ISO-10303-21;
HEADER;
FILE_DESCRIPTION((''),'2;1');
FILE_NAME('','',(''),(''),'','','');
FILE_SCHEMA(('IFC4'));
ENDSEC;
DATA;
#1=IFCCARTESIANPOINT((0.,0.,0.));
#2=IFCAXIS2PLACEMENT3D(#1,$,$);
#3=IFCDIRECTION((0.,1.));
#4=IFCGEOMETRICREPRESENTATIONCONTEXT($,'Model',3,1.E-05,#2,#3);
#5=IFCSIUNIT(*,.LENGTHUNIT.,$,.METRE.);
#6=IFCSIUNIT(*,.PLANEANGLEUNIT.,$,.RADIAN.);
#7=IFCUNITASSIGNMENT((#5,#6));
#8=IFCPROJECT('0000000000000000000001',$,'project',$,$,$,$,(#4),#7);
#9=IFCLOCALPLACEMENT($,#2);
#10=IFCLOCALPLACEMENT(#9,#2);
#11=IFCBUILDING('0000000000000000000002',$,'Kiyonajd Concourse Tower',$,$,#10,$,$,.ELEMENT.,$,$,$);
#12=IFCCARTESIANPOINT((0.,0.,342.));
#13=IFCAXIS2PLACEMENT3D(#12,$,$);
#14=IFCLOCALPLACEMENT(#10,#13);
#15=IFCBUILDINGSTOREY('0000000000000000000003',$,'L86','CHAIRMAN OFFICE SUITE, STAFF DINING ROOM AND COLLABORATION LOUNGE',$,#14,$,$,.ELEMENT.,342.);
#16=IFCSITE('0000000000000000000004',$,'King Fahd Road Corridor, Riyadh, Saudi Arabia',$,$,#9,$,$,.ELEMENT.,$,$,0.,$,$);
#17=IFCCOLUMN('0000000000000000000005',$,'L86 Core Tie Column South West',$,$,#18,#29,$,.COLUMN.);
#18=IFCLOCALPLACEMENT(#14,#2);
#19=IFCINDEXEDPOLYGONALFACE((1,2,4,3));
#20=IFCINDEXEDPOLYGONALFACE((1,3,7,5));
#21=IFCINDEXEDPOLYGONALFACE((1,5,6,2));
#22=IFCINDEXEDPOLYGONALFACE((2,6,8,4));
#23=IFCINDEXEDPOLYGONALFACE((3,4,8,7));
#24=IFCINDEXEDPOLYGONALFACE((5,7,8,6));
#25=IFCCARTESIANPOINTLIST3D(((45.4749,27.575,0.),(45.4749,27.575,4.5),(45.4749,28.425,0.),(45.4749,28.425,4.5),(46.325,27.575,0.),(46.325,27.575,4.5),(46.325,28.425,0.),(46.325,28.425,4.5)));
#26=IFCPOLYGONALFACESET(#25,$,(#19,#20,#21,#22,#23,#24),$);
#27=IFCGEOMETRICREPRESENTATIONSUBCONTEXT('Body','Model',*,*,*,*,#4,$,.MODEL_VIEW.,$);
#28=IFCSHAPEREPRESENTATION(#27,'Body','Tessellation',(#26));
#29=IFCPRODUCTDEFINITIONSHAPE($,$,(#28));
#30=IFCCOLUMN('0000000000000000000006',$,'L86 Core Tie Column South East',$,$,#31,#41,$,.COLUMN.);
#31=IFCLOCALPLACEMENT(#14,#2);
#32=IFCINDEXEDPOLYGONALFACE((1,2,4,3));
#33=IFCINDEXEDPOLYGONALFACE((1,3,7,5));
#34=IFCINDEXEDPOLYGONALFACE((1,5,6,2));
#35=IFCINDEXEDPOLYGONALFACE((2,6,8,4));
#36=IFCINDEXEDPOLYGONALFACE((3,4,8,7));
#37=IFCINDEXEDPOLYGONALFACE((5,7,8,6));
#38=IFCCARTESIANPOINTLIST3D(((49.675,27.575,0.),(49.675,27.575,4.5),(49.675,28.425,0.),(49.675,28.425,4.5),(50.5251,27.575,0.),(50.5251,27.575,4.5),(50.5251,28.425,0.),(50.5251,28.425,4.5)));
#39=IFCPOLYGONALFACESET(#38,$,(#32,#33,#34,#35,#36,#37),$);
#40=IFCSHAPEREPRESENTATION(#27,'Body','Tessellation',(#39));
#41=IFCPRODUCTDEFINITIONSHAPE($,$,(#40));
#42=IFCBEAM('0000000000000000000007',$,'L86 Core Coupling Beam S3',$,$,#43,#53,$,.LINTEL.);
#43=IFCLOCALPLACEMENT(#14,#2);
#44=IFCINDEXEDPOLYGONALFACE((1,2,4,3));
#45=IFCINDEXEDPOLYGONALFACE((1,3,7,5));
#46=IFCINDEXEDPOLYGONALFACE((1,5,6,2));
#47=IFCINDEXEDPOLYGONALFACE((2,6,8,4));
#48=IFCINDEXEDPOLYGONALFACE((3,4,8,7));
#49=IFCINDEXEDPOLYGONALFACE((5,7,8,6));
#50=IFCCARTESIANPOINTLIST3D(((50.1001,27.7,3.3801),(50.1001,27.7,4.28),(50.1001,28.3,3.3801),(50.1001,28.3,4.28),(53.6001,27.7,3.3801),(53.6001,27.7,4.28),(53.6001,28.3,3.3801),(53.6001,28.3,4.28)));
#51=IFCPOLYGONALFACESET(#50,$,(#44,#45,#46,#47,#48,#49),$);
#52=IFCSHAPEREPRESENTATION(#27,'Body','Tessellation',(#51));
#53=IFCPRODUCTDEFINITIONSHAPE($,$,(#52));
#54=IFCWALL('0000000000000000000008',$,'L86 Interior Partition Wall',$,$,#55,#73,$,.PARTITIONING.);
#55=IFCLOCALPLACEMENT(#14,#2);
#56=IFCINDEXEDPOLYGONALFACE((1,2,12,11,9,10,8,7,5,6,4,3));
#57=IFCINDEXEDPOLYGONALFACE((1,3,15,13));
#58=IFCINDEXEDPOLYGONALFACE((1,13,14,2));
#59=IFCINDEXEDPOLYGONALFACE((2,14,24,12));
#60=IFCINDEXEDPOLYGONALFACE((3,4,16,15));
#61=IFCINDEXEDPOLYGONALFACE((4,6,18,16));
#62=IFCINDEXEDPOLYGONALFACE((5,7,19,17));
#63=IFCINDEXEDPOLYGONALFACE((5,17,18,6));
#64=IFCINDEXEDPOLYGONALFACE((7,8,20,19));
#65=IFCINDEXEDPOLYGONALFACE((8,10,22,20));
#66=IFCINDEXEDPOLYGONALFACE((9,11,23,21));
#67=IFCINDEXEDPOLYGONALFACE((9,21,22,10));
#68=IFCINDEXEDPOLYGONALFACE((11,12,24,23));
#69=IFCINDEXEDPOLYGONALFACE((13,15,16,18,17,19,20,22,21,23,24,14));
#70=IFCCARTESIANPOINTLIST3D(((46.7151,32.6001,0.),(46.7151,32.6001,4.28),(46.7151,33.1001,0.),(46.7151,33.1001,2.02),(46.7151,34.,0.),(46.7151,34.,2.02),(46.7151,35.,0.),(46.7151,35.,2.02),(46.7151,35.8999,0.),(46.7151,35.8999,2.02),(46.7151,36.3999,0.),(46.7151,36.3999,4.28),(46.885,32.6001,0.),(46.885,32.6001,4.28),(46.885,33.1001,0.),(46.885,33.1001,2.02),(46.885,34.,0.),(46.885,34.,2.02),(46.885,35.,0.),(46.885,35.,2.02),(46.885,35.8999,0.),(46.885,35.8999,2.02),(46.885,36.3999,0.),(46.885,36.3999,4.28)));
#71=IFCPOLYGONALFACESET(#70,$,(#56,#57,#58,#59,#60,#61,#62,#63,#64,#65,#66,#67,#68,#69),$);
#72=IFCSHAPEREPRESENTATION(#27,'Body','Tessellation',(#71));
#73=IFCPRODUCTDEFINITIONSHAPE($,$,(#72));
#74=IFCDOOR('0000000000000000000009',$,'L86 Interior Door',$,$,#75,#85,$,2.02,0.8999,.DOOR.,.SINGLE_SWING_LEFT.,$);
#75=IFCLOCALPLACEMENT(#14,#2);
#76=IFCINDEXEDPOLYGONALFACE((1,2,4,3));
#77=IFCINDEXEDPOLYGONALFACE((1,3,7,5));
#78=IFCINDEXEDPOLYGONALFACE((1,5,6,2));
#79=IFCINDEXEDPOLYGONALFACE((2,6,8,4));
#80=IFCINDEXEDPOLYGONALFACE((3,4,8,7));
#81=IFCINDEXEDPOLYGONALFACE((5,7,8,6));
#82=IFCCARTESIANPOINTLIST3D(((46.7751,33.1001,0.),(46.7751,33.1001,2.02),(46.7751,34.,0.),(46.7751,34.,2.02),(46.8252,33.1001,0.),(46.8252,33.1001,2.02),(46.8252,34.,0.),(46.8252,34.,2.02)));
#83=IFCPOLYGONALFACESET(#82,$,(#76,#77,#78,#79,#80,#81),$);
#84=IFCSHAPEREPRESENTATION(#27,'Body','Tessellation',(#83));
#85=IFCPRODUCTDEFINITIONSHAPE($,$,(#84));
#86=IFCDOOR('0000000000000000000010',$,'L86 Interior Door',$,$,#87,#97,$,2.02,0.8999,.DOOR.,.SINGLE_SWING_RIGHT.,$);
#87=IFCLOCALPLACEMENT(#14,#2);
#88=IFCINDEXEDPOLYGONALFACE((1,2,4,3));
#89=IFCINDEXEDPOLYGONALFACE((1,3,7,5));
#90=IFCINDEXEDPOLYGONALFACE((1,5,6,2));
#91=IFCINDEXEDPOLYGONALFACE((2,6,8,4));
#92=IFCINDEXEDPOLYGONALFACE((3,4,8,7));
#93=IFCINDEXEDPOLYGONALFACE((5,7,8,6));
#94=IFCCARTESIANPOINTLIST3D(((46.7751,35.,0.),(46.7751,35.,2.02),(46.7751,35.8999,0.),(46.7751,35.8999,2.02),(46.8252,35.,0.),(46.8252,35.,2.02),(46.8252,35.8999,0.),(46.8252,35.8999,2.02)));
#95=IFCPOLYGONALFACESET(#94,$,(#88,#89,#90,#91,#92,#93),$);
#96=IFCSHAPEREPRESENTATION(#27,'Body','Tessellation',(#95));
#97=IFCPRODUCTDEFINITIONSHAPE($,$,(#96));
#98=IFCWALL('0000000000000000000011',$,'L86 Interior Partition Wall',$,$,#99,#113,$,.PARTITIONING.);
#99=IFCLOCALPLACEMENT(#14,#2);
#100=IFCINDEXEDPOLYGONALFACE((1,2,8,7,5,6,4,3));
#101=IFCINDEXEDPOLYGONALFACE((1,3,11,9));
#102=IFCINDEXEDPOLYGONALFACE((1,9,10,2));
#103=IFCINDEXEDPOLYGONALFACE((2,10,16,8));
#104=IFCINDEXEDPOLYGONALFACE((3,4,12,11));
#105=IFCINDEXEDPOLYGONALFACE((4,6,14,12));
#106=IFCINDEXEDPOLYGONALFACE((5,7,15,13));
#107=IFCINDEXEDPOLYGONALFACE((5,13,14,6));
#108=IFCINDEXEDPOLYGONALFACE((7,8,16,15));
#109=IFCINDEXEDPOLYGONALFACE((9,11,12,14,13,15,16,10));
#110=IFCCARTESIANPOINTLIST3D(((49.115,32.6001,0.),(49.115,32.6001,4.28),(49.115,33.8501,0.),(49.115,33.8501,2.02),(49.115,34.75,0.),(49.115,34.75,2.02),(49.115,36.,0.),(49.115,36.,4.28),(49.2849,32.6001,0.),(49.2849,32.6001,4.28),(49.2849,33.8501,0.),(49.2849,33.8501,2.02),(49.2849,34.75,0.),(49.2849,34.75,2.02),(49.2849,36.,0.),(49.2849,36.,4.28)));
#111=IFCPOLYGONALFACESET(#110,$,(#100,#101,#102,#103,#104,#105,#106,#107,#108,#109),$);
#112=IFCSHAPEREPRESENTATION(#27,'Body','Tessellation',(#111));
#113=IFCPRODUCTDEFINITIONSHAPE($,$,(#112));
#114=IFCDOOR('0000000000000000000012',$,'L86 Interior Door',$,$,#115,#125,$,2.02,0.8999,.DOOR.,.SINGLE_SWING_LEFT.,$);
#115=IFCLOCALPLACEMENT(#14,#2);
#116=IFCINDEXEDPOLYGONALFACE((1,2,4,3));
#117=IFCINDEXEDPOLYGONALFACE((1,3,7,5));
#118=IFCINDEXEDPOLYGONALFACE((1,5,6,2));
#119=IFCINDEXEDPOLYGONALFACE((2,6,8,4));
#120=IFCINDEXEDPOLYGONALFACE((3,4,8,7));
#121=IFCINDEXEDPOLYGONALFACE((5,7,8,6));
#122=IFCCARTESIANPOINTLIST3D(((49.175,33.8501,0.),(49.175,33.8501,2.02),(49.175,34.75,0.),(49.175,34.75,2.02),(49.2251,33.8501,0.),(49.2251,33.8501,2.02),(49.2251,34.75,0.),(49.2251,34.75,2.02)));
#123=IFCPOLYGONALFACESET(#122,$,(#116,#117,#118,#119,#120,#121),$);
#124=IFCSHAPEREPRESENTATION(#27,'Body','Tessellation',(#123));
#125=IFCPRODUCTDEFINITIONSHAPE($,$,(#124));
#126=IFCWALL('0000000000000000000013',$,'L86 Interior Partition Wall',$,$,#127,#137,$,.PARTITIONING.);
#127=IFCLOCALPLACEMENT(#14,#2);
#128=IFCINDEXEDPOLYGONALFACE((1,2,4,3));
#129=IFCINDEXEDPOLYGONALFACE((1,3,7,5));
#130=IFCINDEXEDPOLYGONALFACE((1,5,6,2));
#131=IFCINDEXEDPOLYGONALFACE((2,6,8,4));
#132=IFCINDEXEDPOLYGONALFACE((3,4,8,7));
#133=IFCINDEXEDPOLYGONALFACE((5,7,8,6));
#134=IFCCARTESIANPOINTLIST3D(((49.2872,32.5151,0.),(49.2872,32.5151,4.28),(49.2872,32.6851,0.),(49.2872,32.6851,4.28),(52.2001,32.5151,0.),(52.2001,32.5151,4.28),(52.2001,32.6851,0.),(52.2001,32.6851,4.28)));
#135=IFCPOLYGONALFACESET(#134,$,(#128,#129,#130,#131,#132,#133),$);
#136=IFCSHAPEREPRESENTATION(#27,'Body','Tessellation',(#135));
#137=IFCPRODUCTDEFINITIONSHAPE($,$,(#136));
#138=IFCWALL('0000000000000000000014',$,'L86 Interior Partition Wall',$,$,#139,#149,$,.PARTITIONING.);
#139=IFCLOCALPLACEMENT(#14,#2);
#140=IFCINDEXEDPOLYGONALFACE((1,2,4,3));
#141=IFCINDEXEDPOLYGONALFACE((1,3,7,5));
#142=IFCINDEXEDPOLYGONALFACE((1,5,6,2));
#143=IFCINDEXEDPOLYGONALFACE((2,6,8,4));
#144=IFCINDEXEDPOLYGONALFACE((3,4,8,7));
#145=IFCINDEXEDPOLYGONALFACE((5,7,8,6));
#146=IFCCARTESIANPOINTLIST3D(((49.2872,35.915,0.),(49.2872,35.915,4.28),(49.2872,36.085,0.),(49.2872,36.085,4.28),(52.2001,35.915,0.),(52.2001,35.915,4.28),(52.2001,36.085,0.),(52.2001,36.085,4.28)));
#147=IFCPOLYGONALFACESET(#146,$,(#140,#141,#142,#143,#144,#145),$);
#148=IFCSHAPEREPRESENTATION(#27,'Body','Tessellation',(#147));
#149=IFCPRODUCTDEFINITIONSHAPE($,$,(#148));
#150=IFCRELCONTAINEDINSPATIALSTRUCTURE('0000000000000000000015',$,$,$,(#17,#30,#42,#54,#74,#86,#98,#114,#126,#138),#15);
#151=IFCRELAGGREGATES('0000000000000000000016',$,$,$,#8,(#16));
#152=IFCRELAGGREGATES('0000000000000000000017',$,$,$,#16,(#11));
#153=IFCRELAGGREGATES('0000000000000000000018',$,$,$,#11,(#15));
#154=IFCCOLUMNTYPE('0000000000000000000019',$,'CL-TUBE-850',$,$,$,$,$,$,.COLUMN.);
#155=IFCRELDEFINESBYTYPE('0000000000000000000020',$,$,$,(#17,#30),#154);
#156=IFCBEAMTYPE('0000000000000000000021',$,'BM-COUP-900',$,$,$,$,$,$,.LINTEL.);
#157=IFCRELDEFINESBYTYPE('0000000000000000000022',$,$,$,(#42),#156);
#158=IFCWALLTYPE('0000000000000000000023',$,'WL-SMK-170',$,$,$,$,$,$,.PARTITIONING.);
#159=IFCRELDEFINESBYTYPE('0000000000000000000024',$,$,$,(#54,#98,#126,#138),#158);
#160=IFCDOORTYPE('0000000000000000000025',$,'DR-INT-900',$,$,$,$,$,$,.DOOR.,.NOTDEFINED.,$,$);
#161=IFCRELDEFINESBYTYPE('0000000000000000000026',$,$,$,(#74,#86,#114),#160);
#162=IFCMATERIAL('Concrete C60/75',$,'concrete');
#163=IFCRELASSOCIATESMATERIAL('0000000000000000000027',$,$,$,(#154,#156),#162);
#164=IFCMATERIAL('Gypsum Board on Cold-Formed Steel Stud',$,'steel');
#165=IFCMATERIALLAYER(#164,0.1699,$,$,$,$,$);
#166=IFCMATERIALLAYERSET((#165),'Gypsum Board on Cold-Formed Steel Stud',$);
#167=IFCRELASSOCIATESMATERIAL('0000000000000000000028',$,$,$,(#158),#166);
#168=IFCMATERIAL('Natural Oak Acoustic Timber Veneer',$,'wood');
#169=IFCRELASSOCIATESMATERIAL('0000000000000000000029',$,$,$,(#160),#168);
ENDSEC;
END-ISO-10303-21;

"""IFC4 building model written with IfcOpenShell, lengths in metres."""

from ifc_helpers import new_model, si_unit, direction, frame, frame_2d, origin, origin_2d, place, context, subcontext, project, spatial, rectangle, extrude, material, layer, layer_set, material_profile, profile_set, type_object, element, fill, save


model = new_model("IFC4")

# Units and contexts
model_context = context("Model", 3, precision=1e-05, world=origin(), true_north=direction((0.0, 1.0)))
body_context = subcontext(model_context, "Body", "Model", "MODEL_VIEW")
ifc_project = project(units=[si_unit("LENGTHUNIT", "METRE"), si_unit("PLANEANGLEUNIT", "RADIAN")], contexts=[model_context])

# Site, building, storey
site_placement = place(None, origin())
site = spatial("IfcSite", under=ifc_project, at=site_placement, Name="King Fahd Road Corridor, Riyadh, Saudi Arabia", CompositionType="ELEMENT", RefElevation=0.0)
building_placement = place(site_placement, origin())
building = spatial("IfcBuilding", under=site, at=building_placement, Name="Kiyonajd Concourse Tower", CompositionType="ELEMENT")
storey_placement = place(building_placement, frame((0.0, 0.0, 342.0)))
storey = spatial("IfcBuildingStorey", under=building, at=storey_placement, Name="L86", Description="CHAIRMAN OFFICE SUITE, STAFF DINING ROOM AND COLLABORATION LOUNGE", CompositionType="ELEMENT", Elevation=342.0)

# Columns
ifc_material_1 = material(Name="Concrete C60/75", Category="concrete")
ifc_material_profile_1 = material_profile(ifc_material_1, rectangle(XDim=0.8501, YDim=0.8501, at=origin_2d()), Name="RC-850x850")
ifc_profile_set_1 = profile_set([ifc_material_profile_1], Name="Concrete C60/75")
column_type = type_object("IfcColumnType", Name="CL-TUBE-850", PredefinedType="COLUMN", material=ifc_profile_set_1)
for number, where, z_axis, x_axis, name in (
    (1, (45.8999, 28.0, 0.0), (0.0, 0.0, 1.0), (1.0, 0.0, 0.0), "L86 Core Tie Column South West"),
    (2, (50.1001, 28.0, 0.0), (0.0, 0.0, 1.0), (1.0, 0.0, 0.0), "L86 Core Tie Column South East"),
):
    element("IfcColumn", number, at=place(storey_placement, frame(where, z_axis=z_axis, x_axis=x_axis)), inside=storey, type_object=column_type, Name=name, PredefinedType="COLUMN", context=body_context, shape_type="SweptSolid", body=[
        extrude(rectangle(XDim=0.8501, YDim=0.8501, at=origin_2d()), origin(), (0.0, 0.0, 1.0), 4.5),
    ])

# Beam
ifc_material_profile_2 = material_profile(ifc_material_1, rectangle(XDim=0.6001, YDim=0.8999, at=origin_2d()), Name="RCBM-600x900")
ifc_profile_set_2 = profile_set([ifc_material_profile_2], Name="Concrete C60/75")
beam_type = type_object("IfcBeamType", Name="BM-COUP-900", PredefinedType="LINTEL", material=ifc_profile_set_2)
beam_placement = place(storey_placement, frame((50.1001, 28.0, 3.8301), z_axis=(1.0, 0.0, 0.0), x_axis=(0.0, 1.0, 0.0)))
element("IfcBeam", 3, at=beam_placement, inside=storey, type_object=beam_type, Name="L86 Core Coupling Beam S3", PredefinedType="LINTEL", context=body_context, shape_type="SweptSolid", body=[
    extrude(rectangle(XDim=0.6001, YDim=0.8999, at=origin_2d()), origin(), (0.0, 0.0, 1.0), 3.5),
])

# Wall, openings, doors
ifc_material_2 = material(Name="Gypsum Board on Cold-Formed Steel Stud", Category="steel")
ifc_layer = layer(ifc_material_2, 0.1699)
ifc_layer_set = layer_set([ifc_layer], Name="Gypsum Board on Cold-Formed Steel Stud")
wall_type = type_object("IfcWallType", Name="WL-SMK-170", PredefinedType="PARTITIONING", material=ifc_layer_set)
wall_1_placement = place(storey_placement, frame((46.8, 32.6001, 0.0), z_axis=(0.0, 0.0, 1.0), x_axis=(0.0, 1.0, 0.0)))
wall_1 = element("IfcWall", 4, at=wall_1_placement, inside=storey, type_object=wall_type, Name="L86 Interior Partition Wall", PredefinedType="PARTITIONING", context=body_context, shape_type="SweptSolid", body=[
    extrude(rectangle(XDim=3.7998, YDim=0.1699, at=frame_2d((1.8999, 0.0))), origin(), (0.0, 0.0, 1.0), 4.28),
])
opening_1_placement = place(wall_1_placement, frame((0.5, 0.0, 0.0)))
opening_1 = element("IfcOpeningElement", 5, at=opening_1_placement, cuts=wall_1, PredefinedType="OPENING", context=body_context, shape_type="SweptSolid", body=[
    extrude(rectangle(XDim=0.8999, YDim=2.02, at=frame_2d((0.45, 1.01))), frame((0.0, 0.095, 0.0), z_axis=(0.0, -1.0, 0.0), x_axis=(1.0, 0.0, 0.0)), (0.0, 0.0, 1.0), 0.1899),
])
opening_2_placement = place(wall_1_placement, frame((2.3999, 0.0, 0.0)))
opening_2 = element("IfcOpeningElement", 6, at=opening_2_placement, cuts=wall_1, PredefinedType="OPENING", context=body_context, shape_type="SweptSolid", body=[
    extrude(rectangle(XDim=0.8999, YDim=2.02, at=frame_2d((0.45, 1.01))), frame((0.0, 0.095, 0.0), z_axis=(0.0, -1.0, 0.0), x_axis=(1.0, 0.0, 0.0)), (0.0, 0.0, 1.0), 0.1899),
])
ifc_material_3 = material(Name="Natural Oak Acoustic Timber Veneer", Category="wood")
door_type = type_object("IfcDoorType", Name="DR-INT-900", OperationType="NOTDEFINED", PredefinedType="DOOR", material=ifc_material_3)
door_1_placement = place(opening_1_placement, origin())
door_1 = element("IfcDoor", 7, at=door_1_placement, inside=storey, type_object=door_type, Name="L86 Interior Door", OperationType="SINGLE_SWING_LEFT", OverallHeight=2.02, OverallWidth=0.8999, PredefinedType="DOOR", context=body_context, shape_type="SweptSolid", body=[
    extrude(rectangle(XDim=0.8999, YDim=2.02, at=frame_2d((0.45, 1.01))), frame((0.0, 0.0249, 0.0), z_axis=(0.0, -1.0, 0.0), x_axis=(1.0, 0.0, 0.0)), (0.0, 0.0, 1.0), 0.05),
])
fill(opening_1, door_1)
door_2_placement = place(opening_2_placement, origin())
door_2 = element("IfcDoor", 8, at=door_2_placement, inside=storey, type_object=door_type, Name="L86 Interior Door", OperationType="SINGLE_SWING_RIGHT", OverallHeight=2.02, OverallWidth=0.8999, PredefinedType="DOOR", context=body_context, shape_type="SweptSolid", body=[
    extrude(rectangle(XDim=0.8999, YDim=2.02, at=frame_2d((0.45, 1.01))), frame((0.0, 0.0249, 0.0), z_axis=(0.0, -1.0, 0.0), x_axis=(1.0, 0.0, 0.0)), (0.0, 0.0, 1.0), 0.05),
])
fill(opening_2, door_2)

# Wall, opening, door
wall_2_placement = place(storey_placement, frame((49.2, 32.6001, 0.0), z_axis=(0.0, 0.0, 1.0), x_axis=(0.0, 1.0, 0.0)))
wall_2 = element("IfcWall", 9, at=wall_2_placement, inside=storey, type_object=wall_type, Name="L86 Interior Partition Wall", PredefinedType="PARTITIONING", context=body_context, shape_type="SweptSolid", body=[
    extrude(rectangle(XDim=3.3999, YDim=0.1699, at=frame_2d((1.7, 0.0))), origin(), (0.0, 0.0, 1.0), 4.28),
])
opening_3_placement = place(wall_2_placement, frame((1.25, 0.0, 0.0)))
opening_3 = element("IfcOpeningElement", 10, at=opening_3_placement, cuts=wall_2, PredefinedType="OPENING", context=body_context, shape_type="SweptSolid", body=[
    extrude(rectangle(XDim=0.8999, YDim=2.02, at=frame_2d((0.45, 1.01))), frame((0.0, 0.095, 0.0), z_axis=(0.0, -1.0, 0.0), x_axis=(1.0, 0.0, 0.0)), (0.0, 0.0, 1.0), 0.1899),
])
door_3_placement = place(opening_3_placement, origin())
door_3 = element("IfcDoor", 11, at=door_3_placement, inside=storey, type_object=door_type, Name="L86 Interior Door", OperationType="SINGLE_SWING_LEFT", OverallHeight=2.02, OverallWidth=0.8999, PredefinedType="DOOR", context=body_context, shape_type="SweptSolid", body=[
    extrude(rectangle(XDim=0.8999, YDim=2.02, at=frame_2d((0.45, 1.01))), frame((0.0, 0.0249, 0.0), z_axis=(0.0, -1.0, 0.0), x_axis=(1.0, 0.0, 0.0)), (0.0, 0.0, 1.0), 0.05),
])
fill(opening_3, door_3)

# Walls
for number, where, z_axis, x_axis, name in (
    (12, (49.2871, 32.6001, 0.0), (0.0, 0.0, 1.0), (1.0, 0.0, 0.0), "L86 Interior Partition Wall"),
    (13, (49.2871, 36.0, 0.0), (0.0, 0.0, 1.0), (1.0, 0.0, 0.0), "L86 Interior Partition Wall"),
):
    element("IfcWall", number, at=place(storey_placement, frame(where, z_axis=z_axis, x_axis=x_axis)), inside=storey, type_object=wall_type, Name=name, PredefinedType="PARTITIONING", context=body_context, shape_type="SweptSolid", body=[
        extrude(rectangle(XDim=2.9128, YDim=0.1699, at=frame_2d((1.4565, 0.0))), origin(), (0.0, 0.0, 1.0), 4.28),
    ])

save(model, "model.ifc")
